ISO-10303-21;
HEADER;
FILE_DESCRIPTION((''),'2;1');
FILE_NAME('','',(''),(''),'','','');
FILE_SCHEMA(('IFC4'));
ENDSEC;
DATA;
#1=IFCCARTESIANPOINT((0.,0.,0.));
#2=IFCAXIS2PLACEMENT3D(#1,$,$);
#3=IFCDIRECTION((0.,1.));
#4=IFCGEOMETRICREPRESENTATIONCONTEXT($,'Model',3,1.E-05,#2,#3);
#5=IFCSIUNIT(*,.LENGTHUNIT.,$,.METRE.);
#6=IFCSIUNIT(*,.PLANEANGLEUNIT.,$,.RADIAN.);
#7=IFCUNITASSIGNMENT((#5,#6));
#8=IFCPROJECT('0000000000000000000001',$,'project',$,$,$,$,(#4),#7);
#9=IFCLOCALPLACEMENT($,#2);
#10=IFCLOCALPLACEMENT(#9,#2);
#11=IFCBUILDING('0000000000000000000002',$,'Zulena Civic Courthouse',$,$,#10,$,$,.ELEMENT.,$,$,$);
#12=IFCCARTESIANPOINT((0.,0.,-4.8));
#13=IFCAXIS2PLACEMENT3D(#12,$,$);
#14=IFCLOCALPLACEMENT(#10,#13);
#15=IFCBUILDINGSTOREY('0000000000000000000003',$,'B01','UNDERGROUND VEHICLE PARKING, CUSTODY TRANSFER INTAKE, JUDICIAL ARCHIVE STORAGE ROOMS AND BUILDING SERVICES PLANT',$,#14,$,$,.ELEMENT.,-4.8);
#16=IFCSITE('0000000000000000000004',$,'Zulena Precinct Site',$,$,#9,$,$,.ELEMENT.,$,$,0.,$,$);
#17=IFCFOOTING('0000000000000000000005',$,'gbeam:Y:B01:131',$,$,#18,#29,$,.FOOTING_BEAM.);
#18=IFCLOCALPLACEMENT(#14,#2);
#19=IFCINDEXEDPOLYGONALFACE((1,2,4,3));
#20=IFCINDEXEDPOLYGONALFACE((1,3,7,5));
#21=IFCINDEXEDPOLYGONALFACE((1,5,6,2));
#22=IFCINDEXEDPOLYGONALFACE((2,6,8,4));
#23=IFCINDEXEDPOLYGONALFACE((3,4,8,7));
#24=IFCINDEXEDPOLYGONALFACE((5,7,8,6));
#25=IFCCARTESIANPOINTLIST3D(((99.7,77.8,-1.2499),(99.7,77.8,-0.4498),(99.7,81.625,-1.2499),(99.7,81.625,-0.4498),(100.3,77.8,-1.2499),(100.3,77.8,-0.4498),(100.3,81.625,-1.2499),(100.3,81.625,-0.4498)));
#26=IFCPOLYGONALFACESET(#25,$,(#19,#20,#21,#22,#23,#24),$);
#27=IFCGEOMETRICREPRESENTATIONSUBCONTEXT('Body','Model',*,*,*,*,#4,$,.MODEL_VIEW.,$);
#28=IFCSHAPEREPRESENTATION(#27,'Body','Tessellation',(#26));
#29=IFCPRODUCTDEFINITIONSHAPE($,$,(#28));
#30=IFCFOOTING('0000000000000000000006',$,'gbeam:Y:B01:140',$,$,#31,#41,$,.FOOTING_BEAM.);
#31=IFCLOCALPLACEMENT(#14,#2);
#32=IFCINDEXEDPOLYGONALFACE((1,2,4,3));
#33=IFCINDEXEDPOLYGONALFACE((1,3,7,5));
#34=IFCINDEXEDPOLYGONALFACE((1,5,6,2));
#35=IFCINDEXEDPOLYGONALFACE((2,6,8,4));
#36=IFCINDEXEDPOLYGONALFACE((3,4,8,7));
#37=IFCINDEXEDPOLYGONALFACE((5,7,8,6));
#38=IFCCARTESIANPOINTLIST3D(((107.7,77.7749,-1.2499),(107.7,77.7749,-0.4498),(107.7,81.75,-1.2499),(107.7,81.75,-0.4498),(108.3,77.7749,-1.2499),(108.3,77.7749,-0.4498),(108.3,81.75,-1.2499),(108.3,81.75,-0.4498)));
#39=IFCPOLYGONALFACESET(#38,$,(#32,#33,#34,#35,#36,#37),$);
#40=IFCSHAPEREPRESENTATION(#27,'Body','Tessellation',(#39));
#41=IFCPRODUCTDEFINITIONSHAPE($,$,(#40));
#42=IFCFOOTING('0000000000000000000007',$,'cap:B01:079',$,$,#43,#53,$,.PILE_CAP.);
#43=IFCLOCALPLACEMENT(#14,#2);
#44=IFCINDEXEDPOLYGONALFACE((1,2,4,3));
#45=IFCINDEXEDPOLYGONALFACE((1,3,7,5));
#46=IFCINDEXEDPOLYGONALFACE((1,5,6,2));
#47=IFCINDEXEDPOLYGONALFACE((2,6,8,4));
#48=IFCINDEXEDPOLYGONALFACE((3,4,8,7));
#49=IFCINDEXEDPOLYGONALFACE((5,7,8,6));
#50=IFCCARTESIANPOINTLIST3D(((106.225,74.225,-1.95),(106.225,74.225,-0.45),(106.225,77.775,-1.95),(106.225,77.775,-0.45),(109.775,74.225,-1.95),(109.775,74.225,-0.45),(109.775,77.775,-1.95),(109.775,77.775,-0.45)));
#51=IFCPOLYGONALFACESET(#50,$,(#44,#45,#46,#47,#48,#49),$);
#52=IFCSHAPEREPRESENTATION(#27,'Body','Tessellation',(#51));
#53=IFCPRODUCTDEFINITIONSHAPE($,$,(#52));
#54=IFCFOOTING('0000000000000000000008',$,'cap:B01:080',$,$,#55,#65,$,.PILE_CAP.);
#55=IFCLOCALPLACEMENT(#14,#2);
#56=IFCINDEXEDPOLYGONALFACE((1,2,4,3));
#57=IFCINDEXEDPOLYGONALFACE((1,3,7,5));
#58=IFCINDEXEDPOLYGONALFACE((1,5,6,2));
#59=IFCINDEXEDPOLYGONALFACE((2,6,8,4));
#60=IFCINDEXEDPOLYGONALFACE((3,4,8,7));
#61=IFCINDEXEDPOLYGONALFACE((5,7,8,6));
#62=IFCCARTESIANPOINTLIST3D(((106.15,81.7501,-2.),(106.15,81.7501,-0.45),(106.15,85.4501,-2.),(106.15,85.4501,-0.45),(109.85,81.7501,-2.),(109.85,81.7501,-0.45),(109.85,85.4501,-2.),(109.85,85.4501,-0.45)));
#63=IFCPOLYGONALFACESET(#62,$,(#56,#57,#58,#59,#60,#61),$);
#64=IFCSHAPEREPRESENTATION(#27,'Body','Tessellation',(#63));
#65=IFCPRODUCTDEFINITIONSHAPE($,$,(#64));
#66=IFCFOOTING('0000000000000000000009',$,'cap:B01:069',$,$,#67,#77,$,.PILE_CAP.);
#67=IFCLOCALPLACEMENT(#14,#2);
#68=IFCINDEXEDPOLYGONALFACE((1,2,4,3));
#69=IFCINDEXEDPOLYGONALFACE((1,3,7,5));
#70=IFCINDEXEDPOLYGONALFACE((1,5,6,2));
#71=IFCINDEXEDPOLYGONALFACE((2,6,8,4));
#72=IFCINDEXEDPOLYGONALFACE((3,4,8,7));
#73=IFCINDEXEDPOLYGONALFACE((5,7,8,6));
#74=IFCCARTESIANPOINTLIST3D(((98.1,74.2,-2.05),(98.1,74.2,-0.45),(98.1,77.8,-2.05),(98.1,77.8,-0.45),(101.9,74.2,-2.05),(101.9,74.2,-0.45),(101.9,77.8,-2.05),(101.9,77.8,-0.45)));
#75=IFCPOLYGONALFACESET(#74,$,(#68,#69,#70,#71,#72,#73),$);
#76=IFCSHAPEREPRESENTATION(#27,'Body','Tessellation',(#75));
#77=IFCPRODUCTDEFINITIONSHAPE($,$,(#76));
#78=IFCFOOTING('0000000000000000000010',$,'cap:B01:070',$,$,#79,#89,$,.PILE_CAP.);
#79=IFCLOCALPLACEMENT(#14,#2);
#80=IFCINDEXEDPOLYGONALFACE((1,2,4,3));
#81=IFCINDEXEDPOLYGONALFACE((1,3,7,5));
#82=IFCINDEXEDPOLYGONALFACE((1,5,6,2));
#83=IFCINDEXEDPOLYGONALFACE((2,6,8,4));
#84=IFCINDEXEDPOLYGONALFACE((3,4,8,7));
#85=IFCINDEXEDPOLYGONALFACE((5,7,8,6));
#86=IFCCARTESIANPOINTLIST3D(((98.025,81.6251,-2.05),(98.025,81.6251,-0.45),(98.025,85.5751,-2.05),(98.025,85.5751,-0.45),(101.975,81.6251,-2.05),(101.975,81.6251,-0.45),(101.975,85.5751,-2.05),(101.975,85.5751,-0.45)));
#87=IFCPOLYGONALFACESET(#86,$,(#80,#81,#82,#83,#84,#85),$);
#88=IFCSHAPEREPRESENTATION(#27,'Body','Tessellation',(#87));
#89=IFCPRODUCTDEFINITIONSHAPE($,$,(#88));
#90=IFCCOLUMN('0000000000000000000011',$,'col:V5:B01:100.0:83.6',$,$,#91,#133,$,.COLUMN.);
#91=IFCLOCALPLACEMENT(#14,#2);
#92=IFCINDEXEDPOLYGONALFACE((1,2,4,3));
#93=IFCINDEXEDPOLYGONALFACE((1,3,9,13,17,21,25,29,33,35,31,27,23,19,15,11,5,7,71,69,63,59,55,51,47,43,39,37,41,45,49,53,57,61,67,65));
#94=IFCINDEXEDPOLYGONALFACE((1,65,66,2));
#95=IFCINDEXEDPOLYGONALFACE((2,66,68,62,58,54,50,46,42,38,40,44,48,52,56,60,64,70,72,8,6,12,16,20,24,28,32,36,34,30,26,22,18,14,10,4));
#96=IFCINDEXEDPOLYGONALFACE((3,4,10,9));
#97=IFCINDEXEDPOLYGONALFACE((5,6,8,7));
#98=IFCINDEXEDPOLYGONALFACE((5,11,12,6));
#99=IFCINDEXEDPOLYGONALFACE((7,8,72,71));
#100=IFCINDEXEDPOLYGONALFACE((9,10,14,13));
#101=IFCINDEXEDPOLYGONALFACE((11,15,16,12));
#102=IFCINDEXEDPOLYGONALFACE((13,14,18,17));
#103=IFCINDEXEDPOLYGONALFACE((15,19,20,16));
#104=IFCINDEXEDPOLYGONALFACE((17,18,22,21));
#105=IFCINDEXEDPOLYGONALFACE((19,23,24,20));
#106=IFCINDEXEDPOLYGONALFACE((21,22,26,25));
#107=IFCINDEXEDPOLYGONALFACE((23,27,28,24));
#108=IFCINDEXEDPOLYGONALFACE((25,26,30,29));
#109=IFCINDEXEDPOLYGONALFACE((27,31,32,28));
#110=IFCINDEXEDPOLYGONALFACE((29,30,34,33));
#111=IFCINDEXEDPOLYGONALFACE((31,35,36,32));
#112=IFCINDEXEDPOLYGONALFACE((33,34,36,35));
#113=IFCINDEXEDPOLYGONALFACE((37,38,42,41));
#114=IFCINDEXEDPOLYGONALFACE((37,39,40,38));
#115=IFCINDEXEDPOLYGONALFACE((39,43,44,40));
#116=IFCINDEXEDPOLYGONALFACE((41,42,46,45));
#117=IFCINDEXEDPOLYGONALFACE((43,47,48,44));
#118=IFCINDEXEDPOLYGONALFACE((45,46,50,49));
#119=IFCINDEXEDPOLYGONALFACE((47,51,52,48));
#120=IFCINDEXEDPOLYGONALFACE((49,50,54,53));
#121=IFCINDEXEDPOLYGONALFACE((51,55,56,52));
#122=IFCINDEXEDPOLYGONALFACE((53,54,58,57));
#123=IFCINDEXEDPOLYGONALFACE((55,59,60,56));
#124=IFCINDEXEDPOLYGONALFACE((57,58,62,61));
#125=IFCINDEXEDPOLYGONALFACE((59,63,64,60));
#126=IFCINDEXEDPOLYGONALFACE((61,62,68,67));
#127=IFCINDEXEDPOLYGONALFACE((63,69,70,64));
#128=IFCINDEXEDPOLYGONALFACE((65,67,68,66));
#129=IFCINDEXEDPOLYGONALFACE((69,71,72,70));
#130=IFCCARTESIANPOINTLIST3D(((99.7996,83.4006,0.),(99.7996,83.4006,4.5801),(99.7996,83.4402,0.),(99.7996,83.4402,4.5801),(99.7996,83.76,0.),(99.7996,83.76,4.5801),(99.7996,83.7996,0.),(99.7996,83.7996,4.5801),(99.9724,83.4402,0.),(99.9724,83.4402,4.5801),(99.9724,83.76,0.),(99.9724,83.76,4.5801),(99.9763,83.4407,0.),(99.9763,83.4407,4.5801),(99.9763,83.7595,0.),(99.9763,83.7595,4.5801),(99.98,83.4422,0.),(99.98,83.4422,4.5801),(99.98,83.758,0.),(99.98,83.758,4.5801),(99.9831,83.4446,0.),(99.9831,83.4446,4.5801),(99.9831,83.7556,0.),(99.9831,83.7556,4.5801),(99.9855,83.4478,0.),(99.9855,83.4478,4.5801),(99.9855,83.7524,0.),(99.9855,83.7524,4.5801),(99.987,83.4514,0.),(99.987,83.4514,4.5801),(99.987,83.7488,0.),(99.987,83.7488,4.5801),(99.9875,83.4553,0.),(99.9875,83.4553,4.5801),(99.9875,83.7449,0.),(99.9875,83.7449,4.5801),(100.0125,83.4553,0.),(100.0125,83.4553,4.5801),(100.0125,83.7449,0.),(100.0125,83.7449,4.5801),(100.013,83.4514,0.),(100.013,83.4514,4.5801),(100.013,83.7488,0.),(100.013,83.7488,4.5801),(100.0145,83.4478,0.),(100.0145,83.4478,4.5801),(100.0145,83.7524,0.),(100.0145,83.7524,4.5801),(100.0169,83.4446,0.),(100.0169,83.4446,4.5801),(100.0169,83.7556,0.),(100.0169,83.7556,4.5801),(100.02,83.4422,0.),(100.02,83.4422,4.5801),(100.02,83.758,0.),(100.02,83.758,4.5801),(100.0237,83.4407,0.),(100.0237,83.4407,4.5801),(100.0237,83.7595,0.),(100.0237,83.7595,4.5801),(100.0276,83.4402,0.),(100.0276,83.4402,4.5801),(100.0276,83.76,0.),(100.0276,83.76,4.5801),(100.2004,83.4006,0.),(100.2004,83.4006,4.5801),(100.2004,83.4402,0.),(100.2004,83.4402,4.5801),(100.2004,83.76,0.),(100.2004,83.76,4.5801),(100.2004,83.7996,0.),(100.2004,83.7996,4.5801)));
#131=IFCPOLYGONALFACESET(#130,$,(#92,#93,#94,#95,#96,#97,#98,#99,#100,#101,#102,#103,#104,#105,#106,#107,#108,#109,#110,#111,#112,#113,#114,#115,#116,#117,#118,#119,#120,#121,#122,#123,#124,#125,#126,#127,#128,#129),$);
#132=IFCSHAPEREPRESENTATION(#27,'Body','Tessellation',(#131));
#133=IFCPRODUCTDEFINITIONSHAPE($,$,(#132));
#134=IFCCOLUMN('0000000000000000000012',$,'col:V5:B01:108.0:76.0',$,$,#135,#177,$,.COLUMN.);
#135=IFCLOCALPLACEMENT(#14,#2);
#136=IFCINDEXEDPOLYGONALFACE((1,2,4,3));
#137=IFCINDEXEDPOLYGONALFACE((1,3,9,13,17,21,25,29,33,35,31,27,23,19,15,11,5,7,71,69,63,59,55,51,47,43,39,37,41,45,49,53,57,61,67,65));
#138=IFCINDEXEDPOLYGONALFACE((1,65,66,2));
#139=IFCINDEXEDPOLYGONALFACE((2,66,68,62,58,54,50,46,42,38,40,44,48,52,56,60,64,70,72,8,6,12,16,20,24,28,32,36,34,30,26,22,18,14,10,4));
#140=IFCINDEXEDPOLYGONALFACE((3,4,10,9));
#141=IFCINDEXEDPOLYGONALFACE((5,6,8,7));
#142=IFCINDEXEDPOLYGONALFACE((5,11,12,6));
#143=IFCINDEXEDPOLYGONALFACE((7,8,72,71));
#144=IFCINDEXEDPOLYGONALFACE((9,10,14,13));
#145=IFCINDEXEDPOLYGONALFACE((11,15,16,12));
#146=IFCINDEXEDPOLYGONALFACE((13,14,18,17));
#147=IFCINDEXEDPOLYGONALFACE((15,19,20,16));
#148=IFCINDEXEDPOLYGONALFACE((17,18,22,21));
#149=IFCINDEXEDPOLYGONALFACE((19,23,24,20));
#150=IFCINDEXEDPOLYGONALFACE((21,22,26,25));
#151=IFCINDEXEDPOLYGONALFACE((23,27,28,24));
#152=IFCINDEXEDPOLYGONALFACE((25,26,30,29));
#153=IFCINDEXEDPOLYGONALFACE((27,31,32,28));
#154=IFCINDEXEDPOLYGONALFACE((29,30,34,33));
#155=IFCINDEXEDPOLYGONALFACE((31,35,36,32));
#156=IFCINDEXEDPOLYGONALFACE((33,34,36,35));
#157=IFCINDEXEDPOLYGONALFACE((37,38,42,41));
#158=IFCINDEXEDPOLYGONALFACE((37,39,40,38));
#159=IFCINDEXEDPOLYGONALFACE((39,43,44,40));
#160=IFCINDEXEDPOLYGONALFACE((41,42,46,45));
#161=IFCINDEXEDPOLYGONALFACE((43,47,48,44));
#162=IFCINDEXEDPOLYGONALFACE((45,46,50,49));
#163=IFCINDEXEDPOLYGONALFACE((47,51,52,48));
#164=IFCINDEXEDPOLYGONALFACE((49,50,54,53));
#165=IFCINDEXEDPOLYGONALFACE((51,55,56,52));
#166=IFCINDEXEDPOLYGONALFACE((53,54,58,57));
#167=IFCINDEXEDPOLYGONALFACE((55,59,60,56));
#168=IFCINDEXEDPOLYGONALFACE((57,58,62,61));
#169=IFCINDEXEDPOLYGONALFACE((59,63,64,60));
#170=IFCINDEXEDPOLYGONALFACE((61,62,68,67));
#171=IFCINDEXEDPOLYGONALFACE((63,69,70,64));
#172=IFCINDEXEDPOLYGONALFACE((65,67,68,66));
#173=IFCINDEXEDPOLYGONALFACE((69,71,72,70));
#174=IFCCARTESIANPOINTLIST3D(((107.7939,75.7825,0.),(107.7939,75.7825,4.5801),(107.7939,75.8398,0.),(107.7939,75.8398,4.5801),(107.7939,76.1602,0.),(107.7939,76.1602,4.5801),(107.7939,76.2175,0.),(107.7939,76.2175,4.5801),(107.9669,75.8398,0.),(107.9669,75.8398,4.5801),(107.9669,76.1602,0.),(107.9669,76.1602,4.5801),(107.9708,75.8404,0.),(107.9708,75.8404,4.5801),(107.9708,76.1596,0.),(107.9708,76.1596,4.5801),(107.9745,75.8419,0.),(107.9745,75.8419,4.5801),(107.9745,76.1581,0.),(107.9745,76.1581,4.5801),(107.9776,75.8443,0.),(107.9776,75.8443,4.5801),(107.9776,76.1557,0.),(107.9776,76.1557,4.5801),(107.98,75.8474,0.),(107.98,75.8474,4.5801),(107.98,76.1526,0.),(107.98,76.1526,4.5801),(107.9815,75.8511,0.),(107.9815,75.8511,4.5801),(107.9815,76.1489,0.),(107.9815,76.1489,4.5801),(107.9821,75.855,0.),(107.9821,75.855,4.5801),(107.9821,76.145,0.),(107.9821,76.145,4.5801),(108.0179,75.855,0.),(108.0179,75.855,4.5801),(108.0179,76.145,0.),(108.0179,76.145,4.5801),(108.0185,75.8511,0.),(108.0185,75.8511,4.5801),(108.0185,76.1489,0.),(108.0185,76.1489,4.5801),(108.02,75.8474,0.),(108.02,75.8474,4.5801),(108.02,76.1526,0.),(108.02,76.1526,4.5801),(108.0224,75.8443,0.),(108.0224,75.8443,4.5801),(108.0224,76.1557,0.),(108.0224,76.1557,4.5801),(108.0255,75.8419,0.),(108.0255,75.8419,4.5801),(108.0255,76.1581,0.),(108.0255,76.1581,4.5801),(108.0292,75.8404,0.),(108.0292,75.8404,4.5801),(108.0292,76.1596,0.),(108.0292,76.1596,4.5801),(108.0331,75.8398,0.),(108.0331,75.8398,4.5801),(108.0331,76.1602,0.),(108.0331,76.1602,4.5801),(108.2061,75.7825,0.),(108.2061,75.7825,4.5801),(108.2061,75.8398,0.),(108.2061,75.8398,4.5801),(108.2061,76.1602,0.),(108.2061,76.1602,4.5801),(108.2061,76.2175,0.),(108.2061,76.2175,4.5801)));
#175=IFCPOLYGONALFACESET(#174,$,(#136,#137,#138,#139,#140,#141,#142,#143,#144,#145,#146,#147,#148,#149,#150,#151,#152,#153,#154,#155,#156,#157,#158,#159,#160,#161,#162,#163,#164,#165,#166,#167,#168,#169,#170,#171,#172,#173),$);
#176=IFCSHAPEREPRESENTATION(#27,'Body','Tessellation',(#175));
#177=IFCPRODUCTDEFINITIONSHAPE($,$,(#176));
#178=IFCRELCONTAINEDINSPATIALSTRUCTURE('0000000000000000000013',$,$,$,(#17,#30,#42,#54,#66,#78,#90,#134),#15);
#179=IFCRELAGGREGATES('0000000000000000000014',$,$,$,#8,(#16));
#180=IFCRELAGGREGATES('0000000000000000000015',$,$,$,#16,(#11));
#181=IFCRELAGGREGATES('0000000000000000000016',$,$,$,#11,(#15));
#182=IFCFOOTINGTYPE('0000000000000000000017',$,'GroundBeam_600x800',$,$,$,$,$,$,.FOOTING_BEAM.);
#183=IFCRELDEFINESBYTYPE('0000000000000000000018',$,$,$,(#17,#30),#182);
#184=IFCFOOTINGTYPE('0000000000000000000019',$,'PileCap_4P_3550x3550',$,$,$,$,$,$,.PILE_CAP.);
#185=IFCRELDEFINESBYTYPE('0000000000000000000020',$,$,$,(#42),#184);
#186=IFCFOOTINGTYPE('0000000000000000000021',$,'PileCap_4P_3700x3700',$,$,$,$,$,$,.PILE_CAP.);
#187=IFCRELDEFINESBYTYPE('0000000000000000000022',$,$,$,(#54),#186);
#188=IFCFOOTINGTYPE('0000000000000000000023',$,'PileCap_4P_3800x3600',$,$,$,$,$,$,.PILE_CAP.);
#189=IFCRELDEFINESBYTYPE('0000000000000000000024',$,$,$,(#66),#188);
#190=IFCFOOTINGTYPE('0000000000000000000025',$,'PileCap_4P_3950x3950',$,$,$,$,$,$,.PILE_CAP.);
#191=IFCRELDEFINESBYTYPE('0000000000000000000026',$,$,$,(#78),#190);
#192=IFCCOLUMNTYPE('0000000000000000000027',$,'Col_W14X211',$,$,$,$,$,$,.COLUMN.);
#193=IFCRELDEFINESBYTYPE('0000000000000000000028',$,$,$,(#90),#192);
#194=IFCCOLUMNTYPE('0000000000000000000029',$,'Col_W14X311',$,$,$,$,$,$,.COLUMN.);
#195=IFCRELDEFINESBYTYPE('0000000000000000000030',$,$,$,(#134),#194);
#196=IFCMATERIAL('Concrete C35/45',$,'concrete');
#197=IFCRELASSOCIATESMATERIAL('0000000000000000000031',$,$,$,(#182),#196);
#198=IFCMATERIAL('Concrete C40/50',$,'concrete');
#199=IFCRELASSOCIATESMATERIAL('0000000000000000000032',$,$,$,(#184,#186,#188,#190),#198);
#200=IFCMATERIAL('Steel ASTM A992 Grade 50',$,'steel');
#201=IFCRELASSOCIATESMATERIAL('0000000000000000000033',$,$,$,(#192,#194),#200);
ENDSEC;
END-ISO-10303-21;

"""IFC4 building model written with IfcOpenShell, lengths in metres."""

from ifc_helpers import new_model, si_unit, direction, frame, origin, origin_2d, place, context, subcontext, project, spatial, rectangle, i_section, extrude, material, material_profile, profile_set, type_object, element, save


model = new_model("IFC4")

# Units and contexts
model_context = context("Model", 3, precision=1e-05, world=origin(), true_north=direction((0.0, 1.0)))
body_context = subcontext(model_context, "Body", "Model", "MODEL_VIEW")
ifc_project = project(units=[si_unit("LENGTHUNIT", "METRE"), si_unit("PLANEANGLEUNIT", "RADIAN")], contexts=[model_context])

# Site, building, storey
site_placement = place(None, origin())
site = spatial("IfcSite", under=ifc_project, at=site_placement, Name="Zulena Precinct Site", CompositionType="ELEMENT", RefElevation=0.0)
building_placement = place(site_placement, origin())
building = spatial("IfcBuilding", under=site, at=building_placement, Name="Zulena Civic Courthouse", CompositionType="ELEMENT")
storey_placement = place(building_placement, frame((0.0, 0.0, -4.8)))
storey = spatial("IfcBuildingStorey", under=building, at=storey_placement, Name="B01", Description="UNDERGROUND VEHICLE PARKING, CUSTODY TRANSFER INTAKE, JUDICIAL ARCHIVE STORAGE ROOMS AND BUILDING SERVICES PLANT", CompositionType="ELEMENT", Elevation=-4.8)

# Shared definitions
ifc_material_1 = material(Name="Concrete C40/50", Category="concrete")

# Footings
ifc_material_2 = material(Name="Concrete C35/45", Category="concrete")
ifc_material_profile_1 = material_profile(ifc_material_2, rectangle(XDim=0.6001, YDim=0.8, at=origin_2d()), Name="RC600X800")
ifc_profile_set_1 = profile_set([ifc_material_profile_1], Name="Concrete C35/45")
footing_type_1 = type_object("IfcFootingType", Name="GroundBeam_600x800", PredefinedType="FOOTING_BEAM", material=ifc_profile_set_1)
footing_1_placement = place(storey_placement, frame((100.0, 77.8, -0.8499), z_axis=(0.0, 1.0, 0.0), x_axis=(-1.0, 0.0, 0.0)))
element("IfcFooting", 1, at=footing_1_placement, inside=storey, type_object=footing_type_1, Name="gbeam:Y:B01:131", PredefinedType="FOOTING_BEAM", context=body_context, shape_type="SweptSolid", body=[
    extrude(rectangle(XDim=0.6001, YDim=0.8, at=origin_2d()), origin(), (0.0, 0.0, 1.0), 3.825),
])
footing_2_placement = place(storey_placement, frame((108.0, 77.7749, -0.8499), z_axis=(0.0, 1.0, 0.0), x_axis=(-1.0, 0.0, 0.0)))
element("IfcFooting", 2, at=footing_2_placement, inside=storey, type_object=footing_type_1, Name="gbeam:Y:B01:140", PredefinedType="FOOTING_BEAM", context=body_context, shape_type="SweptSolid", body=[
    extrude(rectangle(XDim=0.6001, YDim=0.8, at=origin_2d()), origin(), (0.0, 0.0, 1.0), 3.9751),
])
footing_type_2 = type_object("IfcFootingType", Name="PileCap_4P_3550x3550", PredefinedType="PILE_CAP", material=ifc_material_1)
footing_3_placement = place(storey_placement, frame((108.0, 76.0, -1.95), z_axis=(0.0, 0.0, 1.0), x_axis=(1.0, 0.0, 0.0)))
element("IfcFooting", 3, at=footing_3_placement, inside=storey, type_object=footing_type_2, Name="cap:B01:079", PredefinedType="PILE_CAP", context=body_context, shape_type="SweptSolid", body=[
    extrude(rectangle(XDim=3.55, YDim=3.55, at=origin_2d()), origin(), (0.0, 0.0, 1.0), 1.5),
])
footing_type_3 = type_object("IfcFootingType", Name="PileCap_4P_3700x3700", PredefinedType="PILE_CAP", material=ifc_material_1)
footing_4_placement = place(storey_placement, frame((108.0, 83.6001, -2.0), z_axis=(0.0, 0.0, 1.0), x_axis=(1.0, 0.0, 0.0)))
element("IfcFooting", 4, at=footing_4_placement, inside=storey, type_object=footing_type_3, Name="cap:B01:080", PredefinedType="PILE_CAP", context=body_context, shape_type="SweptSolid", body=[
    extrude(rectangle(XDim=3.7, YDim=3.7, at=origin_2d()), origin(), (0.0, 0.0, 1.0), 1.55),
])
footing_type_4 = type_object("IfcFootingType", Name="PileCap_4P_3800x3600", PredefinedType="PILE_CAP", material=ifc_material_1)
footing_5_placement = place(storey_placement, frame((100.0, 76.0, -2.05), z_axis=(0.0, 0.0, 1.0), x_axis=(1.0, 0.0, 0.0)))
element("IfcFooting", 5, at=footing_5_placement, inside=storey, type_object=footing_type_4, Name="cap:B01:069", PredefinedType="PILE_CAP", context=body_context, shape_type="SweptSolid", body=[
    extrude(rectangle(XDim=3.8, YDim=3.6001, at=origin_2d()), origin(), (0.0, 0.0, 1.0), 1.6001),
])
footing_type_5 = type_object("IfcFootingType", Name="PileCap_4P_3950x3950", PredefinedType="PILE_CAP", material=ifc_material_1)
footing_6_placement = place(storey_placement, frame((100.0, 83.6001, -2.05), z_axis=(0.0, 0.0, 1.0), x_axis=(1.0, 0.0, 0.0)))
element("IfcFooting", 6, at=footing_6_placement, inside=storey, type_object=footing_type_5, Name="cap:B01:070", PredefinedType="PILE_CAP", context=body_context, shape_type="SweptSolid", body=[
    extrude(rectangle(XDim=3.95, YDim=3.95, at=origin_2d()), origin(), (0.0, 0.0, 1.0), 1.6001),
])

# Columns
ifc_material_3 = material(Name="Steel ASTM A992 Grade 50", Category="steel")
ifc_material_profile_2 = material_profile(ifc_material_3, i_section(OverallWidth=0.4009, OverallDepth=0.3989, WebThickness=0.0249, FlangeThickness=0.0396, FilletRadius=0.0151, at=origin_2d()), Name="W14X211")
ifc_profile_set_2 = profile_set([ifc_material_profile_2], Name="Steel ASTM A992 Grade 50")
column_type_1 = type_object("IfcColumnType", Name="Col_W14X211", PredefinedType="COLUMN", material=ifc_profile_set_2)
column_placement = place(storey_placement, frame((100.0, 83.6001, 0.0), z_axis=(0.0, 0.0, 1.0), x_axis=(1.0, 0.0, 0.0)))
element("IfcColumn", 7, at=column_placement, inside=storey, type_object=column_type_1, Name="col:V5:B01:100.0:83.6", PredefinedType="COLUMN", context=body_context, shape_type="SweptSolid", body=[
    extrude(i_section(OverallWidth=0.4009, OverallDepth=0.3989, WebThickness=0.0249, FlangeThickness=0.0396, FilletRadius=0.0151, at=origin_2d()), origin(), (0.0, 0.0, 1.0), 4.5801),
])
ifc_material_profile_3 = material_profile(ifc_material_3, i_section(OverallWidth=0.4121, OverallDepth=0.4351, WebThickness=0.0359, FlangeThickness=0.0574, FilletRadius=0.0151, at=origin_2d()), Name="W14X311")
ifc_profile_set_3 = profile_set([ifc_material_profile_3], Name="Steel ASTM A992 Grade 50")
column_type_2 = type_object("IfcColumnType", Name="Col_W14X311", PredefinedType="COLUMN", material=ifc_profile_set_3)
for number, where, z_axis, x_axis, name in (
    (8, (108.0, 76.0, 0.0), (0.0, 0.0, 1.0), (1.0, 0.0, 0.0), "col:V5:B01:108.0:76.0"),
):
    element("IfcColumn", number, at=place(storey_placement, frame(where, z_axis=z_axis, x_axis=x_axis)), inside=storey, type_object=column_type_2, Name=name, PredefinedType="COLUMN", context=body_context, shape_type="SweptSolid", body=[
        extrude(i_section(OverallWidth=0.4121, OverallDepth=0.4351, WebThickness=0.0359, FlangeThickness=0.0574, FilletRadius=0.0151, at=origin_2d()), origin(), (0.0, 0.0, 1.0), 4.5801),
    ])

save(model, "model.ifc")
